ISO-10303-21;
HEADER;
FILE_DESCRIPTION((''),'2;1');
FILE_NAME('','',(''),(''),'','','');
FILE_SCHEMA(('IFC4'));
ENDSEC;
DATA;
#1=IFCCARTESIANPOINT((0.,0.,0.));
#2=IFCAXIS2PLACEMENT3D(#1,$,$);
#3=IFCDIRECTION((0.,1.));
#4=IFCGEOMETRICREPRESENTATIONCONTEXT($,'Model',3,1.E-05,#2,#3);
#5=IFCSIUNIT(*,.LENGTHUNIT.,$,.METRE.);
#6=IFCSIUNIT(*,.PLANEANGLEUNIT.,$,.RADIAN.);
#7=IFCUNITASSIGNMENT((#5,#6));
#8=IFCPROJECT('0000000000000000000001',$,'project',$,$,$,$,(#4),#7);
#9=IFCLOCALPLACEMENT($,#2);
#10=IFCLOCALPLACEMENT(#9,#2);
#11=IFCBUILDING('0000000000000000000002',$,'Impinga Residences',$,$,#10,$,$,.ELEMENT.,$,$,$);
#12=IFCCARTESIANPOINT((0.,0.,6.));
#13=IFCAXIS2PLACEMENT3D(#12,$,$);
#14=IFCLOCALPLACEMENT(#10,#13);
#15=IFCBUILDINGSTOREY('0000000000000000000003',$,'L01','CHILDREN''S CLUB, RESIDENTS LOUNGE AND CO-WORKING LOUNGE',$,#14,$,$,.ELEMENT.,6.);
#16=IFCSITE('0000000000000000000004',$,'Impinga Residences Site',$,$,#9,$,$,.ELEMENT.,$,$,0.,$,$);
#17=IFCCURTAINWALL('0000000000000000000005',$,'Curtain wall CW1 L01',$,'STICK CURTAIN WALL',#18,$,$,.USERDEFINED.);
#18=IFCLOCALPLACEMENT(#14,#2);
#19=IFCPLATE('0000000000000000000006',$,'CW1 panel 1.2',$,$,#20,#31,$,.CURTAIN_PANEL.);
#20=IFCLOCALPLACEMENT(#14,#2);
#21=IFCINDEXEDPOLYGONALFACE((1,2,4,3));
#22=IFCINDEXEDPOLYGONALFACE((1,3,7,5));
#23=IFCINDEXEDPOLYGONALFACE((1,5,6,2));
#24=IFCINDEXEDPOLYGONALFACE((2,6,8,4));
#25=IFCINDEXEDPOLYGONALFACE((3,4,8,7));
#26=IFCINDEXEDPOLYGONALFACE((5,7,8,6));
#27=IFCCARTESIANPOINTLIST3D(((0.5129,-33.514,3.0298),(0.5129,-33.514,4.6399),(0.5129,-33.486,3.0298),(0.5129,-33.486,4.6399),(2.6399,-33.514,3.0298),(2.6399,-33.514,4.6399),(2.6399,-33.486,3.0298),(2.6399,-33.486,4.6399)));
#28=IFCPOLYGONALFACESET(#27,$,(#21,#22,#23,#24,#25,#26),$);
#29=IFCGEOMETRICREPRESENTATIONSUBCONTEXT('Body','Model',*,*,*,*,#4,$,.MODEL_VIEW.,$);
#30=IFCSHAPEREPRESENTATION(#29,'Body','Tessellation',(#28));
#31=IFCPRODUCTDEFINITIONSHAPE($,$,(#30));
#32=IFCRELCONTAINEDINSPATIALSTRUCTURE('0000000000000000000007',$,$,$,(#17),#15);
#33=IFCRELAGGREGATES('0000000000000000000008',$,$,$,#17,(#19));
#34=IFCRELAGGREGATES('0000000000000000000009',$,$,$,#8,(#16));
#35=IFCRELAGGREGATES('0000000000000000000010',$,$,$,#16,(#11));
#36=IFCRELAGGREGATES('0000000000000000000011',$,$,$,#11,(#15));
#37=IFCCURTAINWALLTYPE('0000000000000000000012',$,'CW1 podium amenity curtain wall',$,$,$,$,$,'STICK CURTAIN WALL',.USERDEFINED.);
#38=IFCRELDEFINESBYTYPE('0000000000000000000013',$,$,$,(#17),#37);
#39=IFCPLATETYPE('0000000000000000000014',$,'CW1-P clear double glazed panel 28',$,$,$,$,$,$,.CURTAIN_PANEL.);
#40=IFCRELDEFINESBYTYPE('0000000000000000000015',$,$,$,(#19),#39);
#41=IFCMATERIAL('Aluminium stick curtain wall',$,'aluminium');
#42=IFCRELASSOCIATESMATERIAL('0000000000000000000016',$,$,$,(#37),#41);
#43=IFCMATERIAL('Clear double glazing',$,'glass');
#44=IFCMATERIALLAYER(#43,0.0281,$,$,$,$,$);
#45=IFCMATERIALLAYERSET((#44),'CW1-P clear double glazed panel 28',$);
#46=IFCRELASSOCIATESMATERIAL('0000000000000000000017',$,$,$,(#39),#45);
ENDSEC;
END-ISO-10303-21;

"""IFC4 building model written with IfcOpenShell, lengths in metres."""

from ifc_helpers import new_model, si_unit, direction, frame, origin, origin_2d, place, context, subcontext, project, spatial, rectangle, extrude, material, layer, layer_set, type_object, element, aggregate, save


model = new_model("IFC4")

# Units and contexts
model_context = context("Model", 3, precision=1e-05, world=origin(), true_north=direction((0.0, 1.0)))
body_context = subcontext(model_context, "Body", "Model", "MODEL_VIEW")
ifc_project = project(units=[si_unit("LENGTHUNIT", "METRE"), si_unit("PLANEANGLEUNIT", "RADIAN")], contexts=[model_context])

# Site, building, storey
site_placement = place(None, origin())
site = spatial("IfcSite", under=ifc_project, at=site_placement, Name="Impinga Residences Site", CompositionType="ELEMENT", RefElevation=0.0)
building_placement = place(site_placement, origin())
building = spatial("IfcBuilding", under=site, at=building_placement, Name="Impinga Residences", CompositionType="ELEMENT")
storey_placement = place(building_placement, frame((0.0, 0.0, 6.0)))
storey = spatial("IfcBuildingStorey", under=building, at=storey_placement, Name="L01", Description="CHILDREN'S CLUB, RESIDENTS LOUNGE AND CO-WORKING LOUNGE", CompositionType="ELEMENT", Elevation=6.0)

# Curtain wall
ifc_material_1 = material(Name="Aluminium stick curtain wall", Category="aluminium")
curtain_wall_type = type_object("IfcCurtainWallType", Name="CW1 podium amenity curtain wall", ElementType="STICK CURTAIN WALL", PredefinedType="USERDEFINED", material=ifc_material_1)
curtain_wall_1_placement = place(storey_placement, origin())
curtain_wall_1 = element("IfcCurtainWall", 1, at=curtain_wall_1_placement, inside=storey, type_object=curtain_wall_type, Name="Curtain wall CW1 L01", ObjectType="STICK CURTAIN WALL", PredefinedType="USERDEFINED")

# Plate
ifc_material_2 = material(Name="Clear double glazing", Category="glass")
ifc_layer_1 = layer(ifc_material_2, 0.0281)
ifc_layer_set_1 = layer_set([ifc_layer_1], Name="CW1-P clear double glazed panel 28")
plate_type = type_object("IfcPlateType", Name="CW1-P clear double glazed panel 28", PredefinedType="CURTAIN_PANEL", material=ifc_layer_set_1)
plate_1_placement = place(storey_placement, frame((1.5764, -33.5, 3.0298), z_axis=(0.0, 0.0, 1.0), x_axis=(-1.0, 0.0, 0.0)))
plate_1 = element("IfcPlate", 2, at=plate_1_placement, type_object=plate_type, Name="CW1 panel 1.2", PredefinedType="CURTAIN_PANEL", context=body_context, shape_type="SweptSolid", body=[
    extrude(rectangle(XDim=2.127, YDim=0.0281, at=origin_2d()), origin(), (0.0, 0.0, 1.0), 1.6101),
])
aggregate(curtain_wall_1, [plate_1])

save(model, "model.ifc")
